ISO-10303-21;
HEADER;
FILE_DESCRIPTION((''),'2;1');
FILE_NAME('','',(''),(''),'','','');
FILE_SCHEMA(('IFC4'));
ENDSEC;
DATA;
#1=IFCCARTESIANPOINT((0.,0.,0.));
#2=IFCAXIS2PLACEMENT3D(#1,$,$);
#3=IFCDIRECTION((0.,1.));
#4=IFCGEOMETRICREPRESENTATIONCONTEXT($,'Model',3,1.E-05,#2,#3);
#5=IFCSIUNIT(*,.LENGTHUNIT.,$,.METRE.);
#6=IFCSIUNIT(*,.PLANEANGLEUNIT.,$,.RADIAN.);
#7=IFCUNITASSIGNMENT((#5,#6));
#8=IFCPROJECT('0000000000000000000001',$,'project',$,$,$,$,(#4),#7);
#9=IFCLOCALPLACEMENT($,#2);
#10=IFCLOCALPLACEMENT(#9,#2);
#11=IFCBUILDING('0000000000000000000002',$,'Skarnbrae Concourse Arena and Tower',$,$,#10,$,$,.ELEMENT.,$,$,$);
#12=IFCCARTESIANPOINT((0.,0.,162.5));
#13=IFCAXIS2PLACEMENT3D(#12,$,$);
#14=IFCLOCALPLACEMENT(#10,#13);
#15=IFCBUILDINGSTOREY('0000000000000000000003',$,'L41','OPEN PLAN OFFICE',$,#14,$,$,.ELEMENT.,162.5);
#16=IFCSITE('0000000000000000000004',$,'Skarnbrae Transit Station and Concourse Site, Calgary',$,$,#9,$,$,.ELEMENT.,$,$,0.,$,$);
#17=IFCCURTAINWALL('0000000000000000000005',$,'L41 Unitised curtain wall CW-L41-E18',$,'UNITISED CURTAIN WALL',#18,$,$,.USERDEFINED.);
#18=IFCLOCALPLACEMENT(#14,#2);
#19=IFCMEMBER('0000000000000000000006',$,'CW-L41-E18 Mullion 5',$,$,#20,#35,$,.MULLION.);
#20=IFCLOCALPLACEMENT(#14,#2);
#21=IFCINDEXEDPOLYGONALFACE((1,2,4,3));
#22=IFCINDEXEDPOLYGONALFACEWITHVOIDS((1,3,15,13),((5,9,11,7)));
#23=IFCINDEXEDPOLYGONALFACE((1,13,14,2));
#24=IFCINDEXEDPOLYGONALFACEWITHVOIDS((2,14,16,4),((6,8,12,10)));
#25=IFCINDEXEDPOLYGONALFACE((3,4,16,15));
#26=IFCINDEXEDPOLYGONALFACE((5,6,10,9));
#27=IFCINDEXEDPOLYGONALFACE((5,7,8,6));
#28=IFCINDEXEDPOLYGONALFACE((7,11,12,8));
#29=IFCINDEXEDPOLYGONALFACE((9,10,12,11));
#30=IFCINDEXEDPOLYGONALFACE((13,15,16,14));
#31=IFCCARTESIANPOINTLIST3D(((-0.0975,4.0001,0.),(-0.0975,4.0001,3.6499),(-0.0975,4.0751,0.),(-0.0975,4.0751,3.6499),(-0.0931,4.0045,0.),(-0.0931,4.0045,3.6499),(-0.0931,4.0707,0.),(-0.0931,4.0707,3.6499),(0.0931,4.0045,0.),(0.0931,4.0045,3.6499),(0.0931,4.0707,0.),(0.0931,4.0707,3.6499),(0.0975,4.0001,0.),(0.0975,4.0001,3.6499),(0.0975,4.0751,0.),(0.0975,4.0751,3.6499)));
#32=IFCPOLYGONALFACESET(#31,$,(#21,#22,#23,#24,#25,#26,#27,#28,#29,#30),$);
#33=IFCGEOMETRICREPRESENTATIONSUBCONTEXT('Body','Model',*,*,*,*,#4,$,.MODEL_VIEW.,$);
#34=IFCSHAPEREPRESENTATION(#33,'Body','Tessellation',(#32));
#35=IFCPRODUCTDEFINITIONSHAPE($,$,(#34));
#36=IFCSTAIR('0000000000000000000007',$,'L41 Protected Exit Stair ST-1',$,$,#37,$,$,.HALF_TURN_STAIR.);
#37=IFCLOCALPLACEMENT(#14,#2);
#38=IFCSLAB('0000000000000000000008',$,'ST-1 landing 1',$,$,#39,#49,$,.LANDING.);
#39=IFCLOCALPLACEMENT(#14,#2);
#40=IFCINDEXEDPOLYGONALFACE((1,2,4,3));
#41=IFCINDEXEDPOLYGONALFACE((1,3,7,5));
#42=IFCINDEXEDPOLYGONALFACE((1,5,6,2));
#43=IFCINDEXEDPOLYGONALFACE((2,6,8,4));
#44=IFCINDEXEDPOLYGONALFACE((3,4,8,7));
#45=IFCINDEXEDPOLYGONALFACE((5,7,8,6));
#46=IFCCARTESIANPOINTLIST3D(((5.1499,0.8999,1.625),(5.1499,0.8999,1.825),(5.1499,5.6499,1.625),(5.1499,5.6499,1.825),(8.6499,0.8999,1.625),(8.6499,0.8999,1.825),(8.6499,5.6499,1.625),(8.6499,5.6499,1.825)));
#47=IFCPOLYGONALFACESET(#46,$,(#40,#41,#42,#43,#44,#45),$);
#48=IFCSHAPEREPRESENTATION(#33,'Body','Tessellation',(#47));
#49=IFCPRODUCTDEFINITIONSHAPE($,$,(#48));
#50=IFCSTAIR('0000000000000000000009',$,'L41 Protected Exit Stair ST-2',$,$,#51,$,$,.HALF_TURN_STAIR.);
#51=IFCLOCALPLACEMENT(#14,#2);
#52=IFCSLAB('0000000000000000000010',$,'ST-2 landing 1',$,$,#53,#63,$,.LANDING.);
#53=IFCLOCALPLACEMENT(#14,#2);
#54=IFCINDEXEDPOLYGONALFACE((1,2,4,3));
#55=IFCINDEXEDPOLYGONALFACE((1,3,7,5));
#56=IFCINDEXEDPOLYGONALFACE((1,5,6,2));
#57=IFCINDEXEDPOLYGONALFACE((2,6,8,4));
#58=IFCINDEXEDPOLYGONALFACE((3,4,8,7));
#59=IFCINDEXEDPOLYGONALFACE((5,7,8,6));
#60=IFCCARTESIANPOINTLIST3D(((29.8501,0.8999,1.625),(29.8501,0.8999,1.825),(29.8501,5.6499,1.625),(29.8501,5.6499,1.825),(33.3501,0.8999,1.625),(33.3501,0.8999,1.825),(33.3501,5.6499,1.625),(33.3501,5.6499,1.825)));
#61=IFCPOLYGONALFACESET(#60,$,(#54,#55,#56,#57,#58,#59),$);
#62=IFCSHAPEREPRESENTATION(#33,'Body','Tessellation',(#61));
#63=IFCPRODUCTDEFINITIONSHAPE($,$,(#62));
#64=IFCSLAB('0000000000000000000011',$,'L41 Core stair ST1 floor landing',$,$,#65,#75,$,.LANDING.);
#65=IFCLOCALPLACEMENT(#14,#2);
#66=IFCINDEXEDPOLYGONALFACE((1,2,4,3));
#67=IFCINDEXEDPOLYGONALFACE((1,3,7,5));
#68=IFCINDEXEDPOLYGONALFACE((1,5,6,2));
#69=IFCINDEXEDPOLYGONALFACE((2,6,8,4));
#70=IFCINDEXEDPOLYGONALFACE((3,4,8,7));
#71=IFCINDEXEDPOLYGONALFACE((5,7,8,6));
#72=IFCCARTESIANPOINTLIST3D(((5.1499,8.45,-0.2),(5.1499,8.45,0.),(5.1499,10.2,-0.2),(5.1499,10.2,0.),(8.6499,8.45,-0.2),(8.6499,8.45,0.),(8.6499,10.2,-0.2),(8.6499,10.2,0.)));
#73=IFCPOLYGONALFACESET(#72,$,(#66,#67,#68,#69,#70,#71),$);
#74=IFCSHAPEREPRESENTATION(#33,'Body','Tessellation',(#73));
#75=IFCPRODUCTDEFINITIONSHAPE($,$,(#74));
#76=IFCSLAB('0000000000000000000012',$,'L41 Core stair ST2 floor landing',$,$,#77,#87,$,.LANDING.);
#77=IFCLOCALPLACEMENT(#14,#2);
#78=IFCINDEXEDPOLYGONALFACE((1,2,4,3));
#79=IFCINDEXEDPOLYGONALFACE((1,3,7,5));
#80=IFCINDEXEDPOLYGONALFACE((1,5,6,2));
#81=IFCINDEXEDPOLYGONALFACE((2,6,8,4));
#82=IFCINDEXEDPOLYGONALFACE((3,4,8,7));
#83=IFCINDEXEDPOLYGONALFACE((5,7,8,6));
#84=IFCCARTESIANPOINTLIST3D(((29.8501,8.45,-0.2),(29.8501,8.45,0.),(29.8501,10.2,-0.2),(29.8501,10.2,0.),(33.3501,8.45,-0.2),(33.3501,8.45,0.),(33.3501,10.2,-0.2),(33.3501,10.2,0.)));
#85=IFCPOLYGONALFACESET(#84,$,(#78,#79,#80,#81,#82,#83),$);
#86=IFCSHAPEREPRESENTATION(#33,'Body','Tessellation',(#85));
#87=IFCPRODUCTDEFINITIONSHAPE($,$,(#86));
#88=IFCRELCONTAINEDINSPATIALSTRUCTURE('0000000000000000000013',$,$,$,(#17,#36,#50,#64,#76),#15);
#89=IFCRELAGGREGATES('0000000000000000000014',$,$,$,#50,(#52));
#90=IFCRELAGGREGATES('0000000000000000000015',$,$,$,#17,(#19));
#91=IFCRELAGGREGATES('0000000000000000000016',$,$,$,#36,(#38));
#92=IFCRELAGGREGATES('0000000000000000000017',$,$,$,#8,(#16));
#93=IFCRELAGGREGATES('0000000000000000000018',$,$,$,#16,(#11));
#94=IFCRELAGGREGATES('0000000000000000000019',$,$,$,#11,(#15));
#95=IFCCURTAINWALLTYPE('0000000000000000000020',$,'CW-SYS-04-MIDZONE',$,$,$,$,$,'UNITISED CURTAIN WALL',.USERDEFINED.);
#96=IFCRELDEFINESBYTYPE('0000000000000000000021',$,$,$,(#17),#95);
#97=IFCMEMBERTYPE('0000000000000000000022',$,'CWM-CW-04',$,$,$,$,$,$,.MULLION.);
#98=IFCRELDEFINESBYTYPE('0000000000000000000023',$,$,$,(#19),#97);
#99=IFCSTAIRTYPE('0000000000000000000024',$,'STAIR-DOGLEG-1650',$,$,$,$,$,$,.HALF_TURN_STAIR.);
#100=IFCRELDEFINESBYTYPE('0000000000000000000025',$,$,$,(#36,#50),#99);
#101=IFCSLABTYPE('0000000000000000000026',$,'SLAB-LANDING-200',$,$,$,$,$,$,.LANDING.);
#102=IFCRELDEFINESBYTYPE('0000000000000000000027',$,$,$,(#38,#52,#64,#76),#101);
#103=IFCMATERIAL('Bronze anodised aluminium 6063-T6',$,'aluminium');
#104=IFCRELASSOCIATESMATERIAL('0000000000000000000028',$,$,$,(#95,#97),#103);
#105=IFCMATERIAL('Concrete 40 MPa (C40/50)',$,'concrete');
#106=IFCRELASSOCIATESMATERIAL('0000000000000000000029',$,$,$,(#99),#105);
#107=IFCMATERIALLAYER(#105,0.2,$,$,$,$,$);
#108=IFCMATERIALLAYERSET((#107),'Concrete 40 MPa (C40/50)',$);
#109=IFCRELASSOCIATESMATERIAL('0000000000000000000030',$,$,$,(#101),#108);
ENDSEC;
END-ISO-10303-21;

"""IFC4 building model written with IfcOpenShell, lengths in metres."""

from ifc_helpers import new_model, si_unit, direction, frame, origin, origin_2d, place, context, subcontext, project, spatial, polyline, hollow_rectangle, outline, extrude, source, transform, mapped, material, layer, layer_set, material_profile, profile_set, type_object, element, aggregate, save


model = new_model("IFC4")

# Units and contexts
model_context = context("Model", 3, precision=1e-05, world=origin(), true_north=direction((0.0, 1.0)))
body_context = subcontext(model_context, "Body", "Model", "MODEL_VIEW")
ifc_project = project(units=[si_unit("LENGTHUNIT", "METRE"), si_unit("PLANEANGLEUNIT", "RADIAN")], contexts=[model_context])

# Site, building, storey
site_placement = place(None, origin())
site = spatial("IfcSite", under=ifc_project, at=site_placement, Name="Skarnbrae Transit Station and Concourse Site, Calgary", CompositionType="ELEMENT", RefElevation=0.0)
building_placement = place(site_placement, origin())
building = spatial("IfcBuilding", under=site, at=building_placement, Name="Skarnbrae Concourse Arena and Tower", CompositionType="ELEMENT")
storey_placement = place(building_placement, frame((0.0, 0.0, 162.5)))
storey = spatial("IfcBuildingStorey", under=building, at=storey_placement, Name="L41", Description="OPEN PLAN OFFICE", CompositionType="ELEMENT", Elevation=162.5)

# Curtain wall, member
ifc_material_1 = material(Name="Bronze anodised aluminium 6063-T6", Category="aluminium")
curtain_wall_type = type_object("IfcCurtainWallType", Name="CW-SYS-04-MIDZONE", ElementType="UNITISED CURTAIN WALL", PredefinedType="USERDEFINED", material=ifc_material_1)
curtain_wall_placement = place(storey_placement, origin())
curtain_wall = element("IfcCurtainWall", 1, at=curtain_wall_placement, inside=storey, type_object=curtain_wall_type, Name="L41 Unitised curtain wall CW-L41-E18", ObjectType="UNITISED CURTAIN WALL", PredefinedType="USERDEFINED")
ifc_material_profile = material_profile(ifc_material_1, hollow_rectangle(XDim=0.075, YDim=0.1951, WallThickness=0.0044, at=origin_2d()), Name="ALU-MULL-75X195")
ifc_profile_set = profile_set([ifc_material_profile], Name="Bronze anodised aluminium 6063-T6")
member_type = type_object("IfcMemberType", Name="CWM-CW-04", PredefinedType="MULLION", material=ifc_profile_set)
shared_shape_1 = source(origin(), body_context, "Body", "SweptSolid", [
    extrude(hollow_rectangle(XDim=0.075, YDim=0.1951, WallThickness=0.0044, at=origin_2d()), origin(), (0.0, 0.0, 1.0), 3.6499),
])
member_placement = place(storey_placement, frame((0.0, 4.0376, 0.0), z_axis=(0.0, 0.0, 1.0), x_axis=(0.0, -1.0, 0.0)))
member = element("IfcMember", 2, at=member_placement, type_object=member_type, Name="CW-L41-E18 Mullion 5", PredefinedType="MULLION", context=body_context, shape_type="MappedRepresentation", body=[
    mapped(shared_shape_1, transform((0.0, 0.0, 0.0))),
])

# Stairs, slabs
ifc_material_2 = material(Name="Concrete 40 MPa (C40/50)", Category="concrete")
stair_type = type_object("IfcStairType", Name="STAIR-DOGLEG-1650", PredefinedType="HALF_TURN_STAIR", material=ifc_material_2)
stair_1_placement = place(storey_placement, origin())
stair_1 = element("IfcStair", 3, at=stair_1_placement, inside=storey, type_object=stair_type, Name="L41 Protected Exit Stair ST-1", PredefinedType="HALF_TURN_STAIR")
ifc_layer_1 = layer(ifc_material_2, 0.2)
ifc_layer_set_1 = layer_set([ifc_layer_1], Name="Concrete 40 MPa (C40/50)")
slab_type_1 = type_object("IfcSlabType", Name="SLAB-LANDING-200", PredefinedType="LANDING", material=ifc_layer_set_1)
slab_1_placement = place(storey_placement, frame((0.0, 0.0, 1.625)))
slab_1 = element("IfcSlab", 4, at=slab_1_placement, type_object=slab_type_1, Name="ST-1 landing 1", PredefinedType="LANDING", context=body_context, shape_type="SweptSolid", body=[
    extrude(outline(polyline([(5.1499, 5.6499), (5.1499, 0.8999), (8.6499, 0.8999), (8.6499, 5.6499), (5.1499, 5.6499)])), origin(), (0.0, 0.0, 1.0), 0.2),
])
stair_2_placement = place(storey_placement, origin())
stair_2 = element("IfcStair", 5, at=stair_2_placement, inside=storey, type_object=stair_type, Name="L41 Protected Exit Stair ST-2", PredefinedType="HALF_TURN_STAIR")
slab_2_placement = place(storey_placement, frame((0.0, 0.0, 1.625)))
slab_2 = element("IfcSlab", 6, at=slab_2_placement, type_object=slab_type_1, Name="ST-2 landing 1", PredefinedType="LANDING", context=body_context, shape_type="SweptSolid", body=[
    extrude(outline(polyline([(29.8501, 5.6499), (29.8501, 0.8999), (33.3501, 0.8999), (33.3501, 5.6499), (29.8501, 5.6499)])), origin(), (0.0, 0.0, 1.0), 0.2),
])
aggregate(stair_2, [slab_2])

# Slabs
slab_3_placement = place(storey_placement, frame((0.0, 0.0, -0.2)))
element("IfcSlab", 7, at=slab_3_placement, inside=storey, type_object=slab_type_1, Name="L41 Core stair ST1 floor landing", PredefinedType="LANDING", context=body_context, shape_type="SweptSolid", body=[
    extrude(outline(polyline([(5.1499, 10.2), (5.1499, 8.45), (8.6499, 8.45), (8.6499, 10.2), (5.1499, 10.2)])), origin(), (0.0, 0.0, 1.0), 0.2),
])
slab_4_placement = place(storey_placement, frame((0.0, 0.0, -0.2)))
element("IfcSlab", 8, at=slab_4_placement, inside=storey, type_object=slab_type_1, Name="L41 Core stair ST2 floor landing", PredefinedType="LANDING", context=body_context, shape_type="SweptSolid", body=[
    extrude(outline(polyline([(29.8501, 10.2), (29.8501, 8.45), (33.3501, 8.45), (33.3501, 10.2), (29.8501, 10.2)])), origin(), (0.0, 0.0, 1.0), 0.2),
])

aggregate(curtain_wall, [member])

aggregate(stair_1, [slab_1])

save(model, "model.ifc")
